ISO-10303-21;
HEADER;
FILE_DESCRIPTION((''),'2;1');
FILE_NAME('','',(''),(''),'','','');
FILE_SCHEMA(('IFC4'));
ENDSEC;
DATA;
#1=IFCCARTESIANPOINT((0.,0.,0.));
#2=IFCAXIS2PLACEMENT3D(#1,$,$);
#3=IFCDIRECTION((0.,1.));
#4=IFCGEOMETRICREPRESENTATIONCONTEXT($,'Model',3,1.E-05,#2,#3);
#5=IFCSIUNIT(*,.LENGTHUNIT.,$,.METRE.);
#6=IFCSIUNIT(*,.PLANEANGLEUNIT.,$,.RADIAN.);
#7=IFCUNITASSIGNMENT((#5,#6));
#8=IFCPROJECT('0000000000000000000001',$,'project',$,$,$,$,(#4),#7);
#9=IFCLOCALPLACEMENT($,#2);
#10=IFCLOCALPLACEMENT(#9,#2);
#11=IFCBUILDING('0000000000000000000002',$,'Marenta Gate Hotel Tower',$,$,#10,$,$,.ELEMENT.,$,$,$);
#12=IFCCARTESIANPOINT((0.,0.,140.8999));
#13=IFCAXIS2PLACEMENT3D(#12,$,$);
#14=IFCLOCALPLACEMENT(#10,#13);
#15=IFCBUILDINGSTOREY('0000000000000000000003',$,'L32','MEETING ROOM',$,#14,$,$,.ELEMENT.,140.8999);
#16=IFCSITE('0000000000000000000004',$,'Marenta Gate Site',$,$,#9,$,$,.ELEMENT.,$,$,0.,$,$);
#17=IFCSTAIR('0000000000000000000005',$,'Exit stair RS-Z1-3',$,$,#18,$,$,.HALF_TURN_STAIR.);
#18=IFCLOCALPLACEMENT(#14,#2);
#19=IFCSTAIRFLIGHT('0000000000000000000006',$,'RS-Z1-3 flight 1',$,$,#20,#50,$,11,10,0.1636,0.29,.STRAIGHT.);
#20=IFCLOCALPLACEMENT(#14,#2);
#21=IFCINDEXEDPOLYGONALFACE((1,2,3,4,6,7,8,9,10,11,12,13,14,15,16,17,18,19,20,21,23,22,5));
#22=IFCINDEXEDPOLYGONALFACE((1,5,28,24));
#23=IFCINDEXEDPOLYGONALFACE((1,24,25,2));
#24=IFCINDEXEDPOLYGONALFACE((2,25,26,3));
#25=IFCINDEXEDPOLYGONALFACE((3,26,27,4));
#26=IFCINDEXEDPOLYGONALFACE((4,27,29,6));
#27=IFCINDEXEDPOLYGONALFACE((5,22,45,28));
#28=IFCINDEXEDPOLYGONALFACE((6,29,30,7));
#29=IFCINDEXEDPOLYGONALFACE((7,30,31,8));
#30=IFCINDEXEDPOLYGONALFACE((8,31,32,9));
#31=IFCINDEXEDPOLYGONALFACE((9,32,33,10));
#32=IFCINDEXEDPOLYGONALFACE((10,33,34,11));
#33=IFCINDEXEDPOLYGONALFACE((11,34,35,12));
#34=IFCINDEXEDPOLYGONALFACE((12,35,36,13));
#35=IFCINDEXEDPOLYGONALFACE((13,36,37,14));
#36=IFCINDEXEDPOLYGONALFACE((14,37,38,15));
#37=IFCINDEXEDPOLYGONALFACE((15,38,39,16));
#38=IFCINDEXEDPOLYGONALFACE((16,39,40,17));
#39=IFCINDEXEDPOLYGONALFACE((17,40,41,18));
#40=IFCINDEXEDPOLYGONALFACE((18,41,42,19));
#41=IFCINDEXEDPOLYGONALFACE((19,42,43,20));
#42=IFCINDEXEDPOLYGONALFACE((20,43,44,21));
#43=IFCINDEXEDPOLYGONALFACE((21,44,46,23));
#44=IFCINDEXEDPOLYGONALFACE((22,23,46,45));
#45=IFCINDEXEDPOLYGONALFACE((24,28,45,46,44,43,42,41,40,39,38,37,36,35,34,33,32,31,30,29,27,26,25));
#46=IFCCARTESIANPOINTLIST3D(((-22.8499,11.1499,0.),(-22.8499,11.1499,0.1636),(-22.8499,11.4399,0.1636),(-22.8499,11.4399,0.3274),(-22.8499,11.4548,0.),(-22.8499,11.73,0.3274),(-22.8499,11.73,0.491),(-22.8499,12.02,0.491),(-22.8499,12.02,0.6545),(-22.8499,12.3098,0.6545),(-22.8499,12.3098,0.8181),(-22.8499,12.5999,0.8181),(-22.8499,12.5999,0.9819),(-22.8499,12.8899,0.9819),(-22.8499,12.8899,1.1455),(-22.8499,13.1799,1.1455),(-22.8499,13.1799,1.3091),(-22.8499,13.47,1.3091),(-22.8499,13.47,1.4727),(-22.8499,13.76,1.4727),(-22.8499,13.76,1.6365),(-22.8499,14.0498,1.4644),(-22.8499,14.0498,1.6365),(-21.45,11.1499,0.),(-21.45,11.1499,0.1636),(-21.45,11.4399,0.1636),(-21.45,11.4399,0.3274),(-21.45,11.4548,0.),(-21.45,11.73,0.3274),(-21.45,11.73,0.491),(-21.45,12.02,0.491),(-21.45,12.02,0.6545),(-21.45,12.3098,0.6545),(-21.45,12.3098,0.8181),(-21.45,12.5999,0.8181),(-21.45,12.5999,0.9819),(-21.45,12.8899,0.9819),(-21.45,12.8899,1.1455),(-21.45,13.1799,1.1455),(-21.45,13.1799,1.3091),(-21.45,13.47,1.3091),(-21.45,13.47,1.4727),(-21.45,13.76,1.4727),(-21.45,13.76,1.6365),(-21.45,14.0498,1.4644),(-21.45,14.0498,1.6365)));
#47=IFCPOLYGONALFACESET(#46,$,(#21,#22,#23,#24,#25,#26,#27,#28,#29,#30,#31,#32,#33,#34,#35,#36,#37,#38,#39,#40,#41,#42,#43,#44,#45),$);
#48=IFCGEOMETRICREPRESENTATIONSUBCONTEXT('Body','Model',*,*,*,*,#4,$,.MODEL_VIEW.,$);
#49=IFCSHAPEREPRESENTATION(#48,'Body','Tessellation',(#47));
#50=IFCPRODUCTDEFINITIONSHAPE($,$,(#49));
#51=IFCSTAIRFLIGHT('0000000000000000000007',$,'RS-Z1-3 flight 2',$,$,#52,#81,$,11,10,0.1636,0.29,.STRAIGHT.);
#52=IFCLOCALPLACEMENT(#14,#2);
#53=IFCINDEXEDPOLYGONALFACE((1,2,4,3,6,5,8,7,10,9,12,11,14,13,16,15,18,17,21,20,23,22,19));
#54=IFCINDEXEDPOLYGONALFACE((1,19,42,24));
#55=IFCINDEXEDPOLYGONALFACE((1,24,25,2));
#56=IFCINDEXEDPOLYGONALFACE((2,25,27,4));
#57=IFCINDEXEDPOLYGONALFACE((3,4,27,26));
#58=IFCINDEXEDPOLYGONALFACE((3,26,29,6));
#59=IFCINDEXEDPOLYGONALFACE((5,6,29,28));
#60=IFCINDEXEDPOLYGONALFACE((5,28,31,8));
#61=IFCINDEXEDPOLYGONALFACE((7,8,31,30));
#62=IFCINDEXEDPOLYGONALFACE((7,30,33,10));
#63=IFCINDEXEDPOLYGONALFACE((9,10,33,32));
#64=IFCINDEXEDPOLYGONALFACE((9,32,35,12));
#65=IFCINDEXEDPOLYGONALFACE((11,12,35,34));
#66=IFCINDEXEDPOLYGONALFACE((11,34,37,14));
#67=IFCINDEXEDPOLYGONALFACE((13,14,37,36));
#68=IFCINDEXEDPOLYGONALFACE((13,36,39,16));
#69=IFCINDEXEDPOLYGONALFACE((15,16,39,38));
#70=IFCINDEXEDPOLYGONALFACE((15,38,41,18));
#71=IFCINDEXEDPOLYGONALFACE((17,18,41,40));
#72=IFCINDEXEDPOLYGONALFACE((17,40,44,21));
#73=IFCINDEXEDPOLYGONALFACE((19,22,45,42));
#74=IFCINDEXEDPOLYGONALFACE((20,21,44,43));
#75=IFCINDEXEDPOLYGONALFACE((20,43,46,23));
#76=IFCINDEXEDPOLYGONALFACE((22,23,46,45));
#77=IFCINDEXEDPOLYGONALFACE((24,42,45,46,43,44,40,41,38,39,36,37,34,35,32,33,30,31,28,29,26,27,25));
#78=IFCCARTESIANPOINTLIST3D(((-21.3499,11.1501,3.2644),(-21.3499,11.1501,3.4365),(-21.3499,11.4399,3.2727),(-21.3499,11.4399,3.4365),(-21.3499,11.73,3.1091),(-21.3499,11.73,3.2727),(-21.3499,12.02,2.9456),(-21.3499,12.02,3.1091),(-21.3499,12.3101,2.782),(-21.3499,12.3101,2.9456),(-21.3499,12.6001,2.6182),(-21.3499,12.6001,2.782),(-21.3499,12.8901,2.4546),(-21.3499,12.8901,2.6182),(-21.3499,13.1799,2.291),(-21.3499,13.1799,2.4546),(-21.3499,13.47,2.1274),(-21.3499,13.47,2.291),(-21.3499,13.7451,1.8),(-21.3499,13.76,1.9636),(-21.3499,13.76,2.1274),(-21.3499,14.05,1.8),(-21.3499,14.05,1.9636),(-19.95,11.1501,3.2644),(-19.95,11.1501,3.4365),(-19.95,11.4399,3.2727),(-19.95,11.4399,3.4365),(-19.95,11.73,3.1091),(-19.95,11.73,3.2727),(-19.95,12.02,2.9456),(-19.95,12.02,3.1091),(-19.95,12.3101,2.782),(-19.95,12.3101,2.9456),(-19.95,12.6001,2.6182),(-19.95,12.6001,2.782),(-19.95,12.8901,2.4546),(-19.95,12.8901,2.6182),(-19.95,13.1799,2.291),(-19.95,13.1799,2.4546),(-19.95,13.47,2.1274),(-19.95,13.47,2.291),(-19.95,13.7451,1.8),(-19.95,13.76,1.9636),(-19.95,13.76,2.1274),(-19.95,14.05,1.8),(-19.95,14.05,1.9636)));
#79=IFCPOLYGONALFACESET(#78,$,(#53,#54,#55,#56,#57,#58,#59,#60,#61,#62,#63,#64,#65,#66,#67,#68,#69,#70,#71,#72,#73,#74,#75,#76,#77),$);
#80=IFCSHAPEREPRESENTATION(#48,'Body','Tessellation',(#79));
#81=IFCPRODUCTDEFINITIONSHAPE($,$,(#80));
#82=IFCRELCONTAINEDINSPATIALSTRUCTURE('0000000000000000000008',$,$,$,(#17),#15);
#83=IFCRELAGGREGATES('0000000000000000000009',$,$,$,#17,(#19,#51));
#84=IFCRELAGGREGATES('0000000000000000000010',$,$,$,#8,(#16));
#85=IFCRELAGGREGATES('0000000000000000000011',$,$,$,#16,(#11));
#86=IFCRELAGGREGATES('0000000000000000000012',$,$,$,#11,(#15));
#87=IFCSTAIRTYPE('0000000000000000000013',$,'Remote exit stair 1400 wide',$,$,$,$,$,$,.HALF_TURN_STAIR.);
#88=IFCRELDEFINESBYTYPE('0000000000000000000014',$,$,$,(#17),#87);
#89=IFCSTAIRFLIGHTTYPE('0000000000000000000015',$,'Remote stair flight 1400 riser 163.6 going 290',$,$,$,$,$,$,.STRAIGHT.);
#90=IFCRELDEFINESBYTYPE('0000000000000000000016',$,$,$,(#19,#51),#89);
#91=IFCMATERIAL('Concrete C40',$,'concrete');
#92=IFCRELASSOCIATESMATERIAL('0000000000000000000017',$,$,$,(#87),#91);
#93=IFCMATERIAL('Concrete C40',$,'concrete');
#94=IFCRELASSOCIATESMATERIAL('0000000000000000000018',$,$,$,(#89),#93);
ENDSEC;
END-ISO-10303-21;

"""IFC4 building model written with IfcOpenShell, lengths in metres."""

from ifc_helpers import new_model, si_unit, direction, frame, origin, place, context, subcontext, project, spatial, polyline, outline, extrude, material, type_object, element, aggregate, save


model = new_model("IFC4")

# Units and contexts
model_context = context("Model", 3, precision=1e-05, world=origin(), true_north=direction((0.0, 1.0)))
body_context = subcontext(model_context, "Body", "Model", "MODEL_VIEW")
ifc_project = project(units=[si_unit("LENGTHUNIT", "METRE"), si_unit("PLANEANGLEUNIT", "RADIAN")], contexts=[model_context])

# Site, building, storey
site_placement = place(None, origin())
site = spatial("IfcSite", under=ifc_project, at=site_placement, Name="Marenta Gate Site", CompositionType="ELEMENT", RefElevation=0.0)
building_placement = place(site_placement, origin())
building = spatial("IfcBuilding", under=site, at=building_placement, Name="Marenta Gate Hotel Tower", CompositionType="ELEMENT")
storey_placement = place(building_placement, frame((0.0, 0.0, 140.8999)))
storey = spatial("IfcBuildingStorey", under=building, at=storey_placement, Name="L32", Description="MEETING ROOM", CompositionType="ELEMENT", Elevation=140.8999)

# Stair, stair flights
ifc_material_1 = material(Name="Concrete C40", Category="concrete")
stair_type = type_object("IfcStairType", Name="Remote exit stair 1400 wide", PredefinedType="HALF_TURN_STAIR", material=ifc_material_1)
stair_placement = place(storey_placement, origin())
stair = element("IfcStair", 1, at=stair_placement, inside=storey, type_object=stair_type, Name="Exit stair RS-Z1-3", PredefinedType="HALF_TURN_STAIR")
ifc_material_2 = material(Name="Concrete C40", Category="concrete")
stair_flight_type = type_object("IfcStairFlightType", Name="Remote stair flight 1400 riser 163.6 going 290", PredefinedType="STRAIGHT", material=ifc_material_2)
stair_flight_1_placement = place(storey_placement, frame((-22.1499, 11.1499, 0.0), z_axis=(0.0, 0.0, 1.0), x_axis=(0.0, 1.0, 0.0)))
stair_flight_1 = element("IfcStairFlight", 2, at=stair_flight_1_placement, type_object=stair_flight_type, Name="RS-Z1-3 flight 1", NumberOfRisers=11, NumberOfTreads=10, PredefinedType="STRAIGHT", RiserHeight=0.1636, TreadLength=0.29, context=body_context, shape_type="SweptSolid", body=[
    extrude(outline(polyline([(0.0, 0.0), (0.0, 0.1636), (0.29, 0.1636), (0.29, 0.3274), (0.5801, 0.3274), (0.5801, 0.491), (0.8701, 0.491), (0.8701, 0.6545), (1.1599, 0.6545), (1.1599, 0.8181), (1.45, 0.8181), (1.45, 0.9819), (1.74, 0.9819), (1.74, 1.1455), (2.03, 1.1455), (2.03, 1.3091), (2.3201, 1.3091), (2.3201, 1.4727), (2.6101, 1.4727), (2.6101, 1.6365), (2.8999, 1.6365), (2.8999, 1.8), (2.8999, 1.4644), (0.3049, 0.0), (0.0, 0.0)])), frame((0.0, 0.7, 0.0), z_axis=(0.0, -1.0, 0.0), x_axis=(1.0, 0.0, 0.0)), (0.0, 0.0, 1.0), 1.3999),
])
stair_flight_2_placement = place(storey_placement, frame((-20.6499, 14.05, 1.8), z_axis=(0.0, 0.0, 1.0), x_axis=(0.0, -1.0, 0.0)))
stair_flight_2 = element("IfcStairFlight", 3, at=stair_flight_2_placement, type_object=stair_flight_type, Name="RS-Z1-3 flight 2", NumberOfRisers=11, NumberOfTreads=10, PredefinedType="STRAIGHT", RiserHeight=0.1636, TreadLength=0.29, context=body_context, shape_type="SweptSolid", body=[
    extrude(outline(polyline([(0.0, 0.0), (0.0, 0.1636), (0.29, 0.1636), (0.29, 0.3274), (0.5801, 0.3274), (0.5801, 0.491), (0.8701, 0.491), (0.8701, 0.6545), (1.1599, 0.6545), (1.1599, 0.8181), (1.45, 0.8181), (1.45, 0.9819), (1.74, 0.9819), (1.74, 1.1455), (2.03, 1.1455), (2.03, 1.3091), (2.3201, 1.3091), (2.3201, 1.4727), (2.6101, 1.4727), (2.6101, 1.6365), (2.8999, 1.6365), (2.8999, 1.8), (2.8999, 1.4644), (0.3049, 0.0), (0.0, 0.0)])), frame((0.0, 0.7, 0.0), z_axis=(0.0, -1.0, 0.0), x_axis=(1.0, 0.0, 0.0)), (0.0, 0.0, 1.0), 1.3999),
])
aggregate(stair, [stair_flight_1, stair_flight_2])

save(model, "model.ifc")
